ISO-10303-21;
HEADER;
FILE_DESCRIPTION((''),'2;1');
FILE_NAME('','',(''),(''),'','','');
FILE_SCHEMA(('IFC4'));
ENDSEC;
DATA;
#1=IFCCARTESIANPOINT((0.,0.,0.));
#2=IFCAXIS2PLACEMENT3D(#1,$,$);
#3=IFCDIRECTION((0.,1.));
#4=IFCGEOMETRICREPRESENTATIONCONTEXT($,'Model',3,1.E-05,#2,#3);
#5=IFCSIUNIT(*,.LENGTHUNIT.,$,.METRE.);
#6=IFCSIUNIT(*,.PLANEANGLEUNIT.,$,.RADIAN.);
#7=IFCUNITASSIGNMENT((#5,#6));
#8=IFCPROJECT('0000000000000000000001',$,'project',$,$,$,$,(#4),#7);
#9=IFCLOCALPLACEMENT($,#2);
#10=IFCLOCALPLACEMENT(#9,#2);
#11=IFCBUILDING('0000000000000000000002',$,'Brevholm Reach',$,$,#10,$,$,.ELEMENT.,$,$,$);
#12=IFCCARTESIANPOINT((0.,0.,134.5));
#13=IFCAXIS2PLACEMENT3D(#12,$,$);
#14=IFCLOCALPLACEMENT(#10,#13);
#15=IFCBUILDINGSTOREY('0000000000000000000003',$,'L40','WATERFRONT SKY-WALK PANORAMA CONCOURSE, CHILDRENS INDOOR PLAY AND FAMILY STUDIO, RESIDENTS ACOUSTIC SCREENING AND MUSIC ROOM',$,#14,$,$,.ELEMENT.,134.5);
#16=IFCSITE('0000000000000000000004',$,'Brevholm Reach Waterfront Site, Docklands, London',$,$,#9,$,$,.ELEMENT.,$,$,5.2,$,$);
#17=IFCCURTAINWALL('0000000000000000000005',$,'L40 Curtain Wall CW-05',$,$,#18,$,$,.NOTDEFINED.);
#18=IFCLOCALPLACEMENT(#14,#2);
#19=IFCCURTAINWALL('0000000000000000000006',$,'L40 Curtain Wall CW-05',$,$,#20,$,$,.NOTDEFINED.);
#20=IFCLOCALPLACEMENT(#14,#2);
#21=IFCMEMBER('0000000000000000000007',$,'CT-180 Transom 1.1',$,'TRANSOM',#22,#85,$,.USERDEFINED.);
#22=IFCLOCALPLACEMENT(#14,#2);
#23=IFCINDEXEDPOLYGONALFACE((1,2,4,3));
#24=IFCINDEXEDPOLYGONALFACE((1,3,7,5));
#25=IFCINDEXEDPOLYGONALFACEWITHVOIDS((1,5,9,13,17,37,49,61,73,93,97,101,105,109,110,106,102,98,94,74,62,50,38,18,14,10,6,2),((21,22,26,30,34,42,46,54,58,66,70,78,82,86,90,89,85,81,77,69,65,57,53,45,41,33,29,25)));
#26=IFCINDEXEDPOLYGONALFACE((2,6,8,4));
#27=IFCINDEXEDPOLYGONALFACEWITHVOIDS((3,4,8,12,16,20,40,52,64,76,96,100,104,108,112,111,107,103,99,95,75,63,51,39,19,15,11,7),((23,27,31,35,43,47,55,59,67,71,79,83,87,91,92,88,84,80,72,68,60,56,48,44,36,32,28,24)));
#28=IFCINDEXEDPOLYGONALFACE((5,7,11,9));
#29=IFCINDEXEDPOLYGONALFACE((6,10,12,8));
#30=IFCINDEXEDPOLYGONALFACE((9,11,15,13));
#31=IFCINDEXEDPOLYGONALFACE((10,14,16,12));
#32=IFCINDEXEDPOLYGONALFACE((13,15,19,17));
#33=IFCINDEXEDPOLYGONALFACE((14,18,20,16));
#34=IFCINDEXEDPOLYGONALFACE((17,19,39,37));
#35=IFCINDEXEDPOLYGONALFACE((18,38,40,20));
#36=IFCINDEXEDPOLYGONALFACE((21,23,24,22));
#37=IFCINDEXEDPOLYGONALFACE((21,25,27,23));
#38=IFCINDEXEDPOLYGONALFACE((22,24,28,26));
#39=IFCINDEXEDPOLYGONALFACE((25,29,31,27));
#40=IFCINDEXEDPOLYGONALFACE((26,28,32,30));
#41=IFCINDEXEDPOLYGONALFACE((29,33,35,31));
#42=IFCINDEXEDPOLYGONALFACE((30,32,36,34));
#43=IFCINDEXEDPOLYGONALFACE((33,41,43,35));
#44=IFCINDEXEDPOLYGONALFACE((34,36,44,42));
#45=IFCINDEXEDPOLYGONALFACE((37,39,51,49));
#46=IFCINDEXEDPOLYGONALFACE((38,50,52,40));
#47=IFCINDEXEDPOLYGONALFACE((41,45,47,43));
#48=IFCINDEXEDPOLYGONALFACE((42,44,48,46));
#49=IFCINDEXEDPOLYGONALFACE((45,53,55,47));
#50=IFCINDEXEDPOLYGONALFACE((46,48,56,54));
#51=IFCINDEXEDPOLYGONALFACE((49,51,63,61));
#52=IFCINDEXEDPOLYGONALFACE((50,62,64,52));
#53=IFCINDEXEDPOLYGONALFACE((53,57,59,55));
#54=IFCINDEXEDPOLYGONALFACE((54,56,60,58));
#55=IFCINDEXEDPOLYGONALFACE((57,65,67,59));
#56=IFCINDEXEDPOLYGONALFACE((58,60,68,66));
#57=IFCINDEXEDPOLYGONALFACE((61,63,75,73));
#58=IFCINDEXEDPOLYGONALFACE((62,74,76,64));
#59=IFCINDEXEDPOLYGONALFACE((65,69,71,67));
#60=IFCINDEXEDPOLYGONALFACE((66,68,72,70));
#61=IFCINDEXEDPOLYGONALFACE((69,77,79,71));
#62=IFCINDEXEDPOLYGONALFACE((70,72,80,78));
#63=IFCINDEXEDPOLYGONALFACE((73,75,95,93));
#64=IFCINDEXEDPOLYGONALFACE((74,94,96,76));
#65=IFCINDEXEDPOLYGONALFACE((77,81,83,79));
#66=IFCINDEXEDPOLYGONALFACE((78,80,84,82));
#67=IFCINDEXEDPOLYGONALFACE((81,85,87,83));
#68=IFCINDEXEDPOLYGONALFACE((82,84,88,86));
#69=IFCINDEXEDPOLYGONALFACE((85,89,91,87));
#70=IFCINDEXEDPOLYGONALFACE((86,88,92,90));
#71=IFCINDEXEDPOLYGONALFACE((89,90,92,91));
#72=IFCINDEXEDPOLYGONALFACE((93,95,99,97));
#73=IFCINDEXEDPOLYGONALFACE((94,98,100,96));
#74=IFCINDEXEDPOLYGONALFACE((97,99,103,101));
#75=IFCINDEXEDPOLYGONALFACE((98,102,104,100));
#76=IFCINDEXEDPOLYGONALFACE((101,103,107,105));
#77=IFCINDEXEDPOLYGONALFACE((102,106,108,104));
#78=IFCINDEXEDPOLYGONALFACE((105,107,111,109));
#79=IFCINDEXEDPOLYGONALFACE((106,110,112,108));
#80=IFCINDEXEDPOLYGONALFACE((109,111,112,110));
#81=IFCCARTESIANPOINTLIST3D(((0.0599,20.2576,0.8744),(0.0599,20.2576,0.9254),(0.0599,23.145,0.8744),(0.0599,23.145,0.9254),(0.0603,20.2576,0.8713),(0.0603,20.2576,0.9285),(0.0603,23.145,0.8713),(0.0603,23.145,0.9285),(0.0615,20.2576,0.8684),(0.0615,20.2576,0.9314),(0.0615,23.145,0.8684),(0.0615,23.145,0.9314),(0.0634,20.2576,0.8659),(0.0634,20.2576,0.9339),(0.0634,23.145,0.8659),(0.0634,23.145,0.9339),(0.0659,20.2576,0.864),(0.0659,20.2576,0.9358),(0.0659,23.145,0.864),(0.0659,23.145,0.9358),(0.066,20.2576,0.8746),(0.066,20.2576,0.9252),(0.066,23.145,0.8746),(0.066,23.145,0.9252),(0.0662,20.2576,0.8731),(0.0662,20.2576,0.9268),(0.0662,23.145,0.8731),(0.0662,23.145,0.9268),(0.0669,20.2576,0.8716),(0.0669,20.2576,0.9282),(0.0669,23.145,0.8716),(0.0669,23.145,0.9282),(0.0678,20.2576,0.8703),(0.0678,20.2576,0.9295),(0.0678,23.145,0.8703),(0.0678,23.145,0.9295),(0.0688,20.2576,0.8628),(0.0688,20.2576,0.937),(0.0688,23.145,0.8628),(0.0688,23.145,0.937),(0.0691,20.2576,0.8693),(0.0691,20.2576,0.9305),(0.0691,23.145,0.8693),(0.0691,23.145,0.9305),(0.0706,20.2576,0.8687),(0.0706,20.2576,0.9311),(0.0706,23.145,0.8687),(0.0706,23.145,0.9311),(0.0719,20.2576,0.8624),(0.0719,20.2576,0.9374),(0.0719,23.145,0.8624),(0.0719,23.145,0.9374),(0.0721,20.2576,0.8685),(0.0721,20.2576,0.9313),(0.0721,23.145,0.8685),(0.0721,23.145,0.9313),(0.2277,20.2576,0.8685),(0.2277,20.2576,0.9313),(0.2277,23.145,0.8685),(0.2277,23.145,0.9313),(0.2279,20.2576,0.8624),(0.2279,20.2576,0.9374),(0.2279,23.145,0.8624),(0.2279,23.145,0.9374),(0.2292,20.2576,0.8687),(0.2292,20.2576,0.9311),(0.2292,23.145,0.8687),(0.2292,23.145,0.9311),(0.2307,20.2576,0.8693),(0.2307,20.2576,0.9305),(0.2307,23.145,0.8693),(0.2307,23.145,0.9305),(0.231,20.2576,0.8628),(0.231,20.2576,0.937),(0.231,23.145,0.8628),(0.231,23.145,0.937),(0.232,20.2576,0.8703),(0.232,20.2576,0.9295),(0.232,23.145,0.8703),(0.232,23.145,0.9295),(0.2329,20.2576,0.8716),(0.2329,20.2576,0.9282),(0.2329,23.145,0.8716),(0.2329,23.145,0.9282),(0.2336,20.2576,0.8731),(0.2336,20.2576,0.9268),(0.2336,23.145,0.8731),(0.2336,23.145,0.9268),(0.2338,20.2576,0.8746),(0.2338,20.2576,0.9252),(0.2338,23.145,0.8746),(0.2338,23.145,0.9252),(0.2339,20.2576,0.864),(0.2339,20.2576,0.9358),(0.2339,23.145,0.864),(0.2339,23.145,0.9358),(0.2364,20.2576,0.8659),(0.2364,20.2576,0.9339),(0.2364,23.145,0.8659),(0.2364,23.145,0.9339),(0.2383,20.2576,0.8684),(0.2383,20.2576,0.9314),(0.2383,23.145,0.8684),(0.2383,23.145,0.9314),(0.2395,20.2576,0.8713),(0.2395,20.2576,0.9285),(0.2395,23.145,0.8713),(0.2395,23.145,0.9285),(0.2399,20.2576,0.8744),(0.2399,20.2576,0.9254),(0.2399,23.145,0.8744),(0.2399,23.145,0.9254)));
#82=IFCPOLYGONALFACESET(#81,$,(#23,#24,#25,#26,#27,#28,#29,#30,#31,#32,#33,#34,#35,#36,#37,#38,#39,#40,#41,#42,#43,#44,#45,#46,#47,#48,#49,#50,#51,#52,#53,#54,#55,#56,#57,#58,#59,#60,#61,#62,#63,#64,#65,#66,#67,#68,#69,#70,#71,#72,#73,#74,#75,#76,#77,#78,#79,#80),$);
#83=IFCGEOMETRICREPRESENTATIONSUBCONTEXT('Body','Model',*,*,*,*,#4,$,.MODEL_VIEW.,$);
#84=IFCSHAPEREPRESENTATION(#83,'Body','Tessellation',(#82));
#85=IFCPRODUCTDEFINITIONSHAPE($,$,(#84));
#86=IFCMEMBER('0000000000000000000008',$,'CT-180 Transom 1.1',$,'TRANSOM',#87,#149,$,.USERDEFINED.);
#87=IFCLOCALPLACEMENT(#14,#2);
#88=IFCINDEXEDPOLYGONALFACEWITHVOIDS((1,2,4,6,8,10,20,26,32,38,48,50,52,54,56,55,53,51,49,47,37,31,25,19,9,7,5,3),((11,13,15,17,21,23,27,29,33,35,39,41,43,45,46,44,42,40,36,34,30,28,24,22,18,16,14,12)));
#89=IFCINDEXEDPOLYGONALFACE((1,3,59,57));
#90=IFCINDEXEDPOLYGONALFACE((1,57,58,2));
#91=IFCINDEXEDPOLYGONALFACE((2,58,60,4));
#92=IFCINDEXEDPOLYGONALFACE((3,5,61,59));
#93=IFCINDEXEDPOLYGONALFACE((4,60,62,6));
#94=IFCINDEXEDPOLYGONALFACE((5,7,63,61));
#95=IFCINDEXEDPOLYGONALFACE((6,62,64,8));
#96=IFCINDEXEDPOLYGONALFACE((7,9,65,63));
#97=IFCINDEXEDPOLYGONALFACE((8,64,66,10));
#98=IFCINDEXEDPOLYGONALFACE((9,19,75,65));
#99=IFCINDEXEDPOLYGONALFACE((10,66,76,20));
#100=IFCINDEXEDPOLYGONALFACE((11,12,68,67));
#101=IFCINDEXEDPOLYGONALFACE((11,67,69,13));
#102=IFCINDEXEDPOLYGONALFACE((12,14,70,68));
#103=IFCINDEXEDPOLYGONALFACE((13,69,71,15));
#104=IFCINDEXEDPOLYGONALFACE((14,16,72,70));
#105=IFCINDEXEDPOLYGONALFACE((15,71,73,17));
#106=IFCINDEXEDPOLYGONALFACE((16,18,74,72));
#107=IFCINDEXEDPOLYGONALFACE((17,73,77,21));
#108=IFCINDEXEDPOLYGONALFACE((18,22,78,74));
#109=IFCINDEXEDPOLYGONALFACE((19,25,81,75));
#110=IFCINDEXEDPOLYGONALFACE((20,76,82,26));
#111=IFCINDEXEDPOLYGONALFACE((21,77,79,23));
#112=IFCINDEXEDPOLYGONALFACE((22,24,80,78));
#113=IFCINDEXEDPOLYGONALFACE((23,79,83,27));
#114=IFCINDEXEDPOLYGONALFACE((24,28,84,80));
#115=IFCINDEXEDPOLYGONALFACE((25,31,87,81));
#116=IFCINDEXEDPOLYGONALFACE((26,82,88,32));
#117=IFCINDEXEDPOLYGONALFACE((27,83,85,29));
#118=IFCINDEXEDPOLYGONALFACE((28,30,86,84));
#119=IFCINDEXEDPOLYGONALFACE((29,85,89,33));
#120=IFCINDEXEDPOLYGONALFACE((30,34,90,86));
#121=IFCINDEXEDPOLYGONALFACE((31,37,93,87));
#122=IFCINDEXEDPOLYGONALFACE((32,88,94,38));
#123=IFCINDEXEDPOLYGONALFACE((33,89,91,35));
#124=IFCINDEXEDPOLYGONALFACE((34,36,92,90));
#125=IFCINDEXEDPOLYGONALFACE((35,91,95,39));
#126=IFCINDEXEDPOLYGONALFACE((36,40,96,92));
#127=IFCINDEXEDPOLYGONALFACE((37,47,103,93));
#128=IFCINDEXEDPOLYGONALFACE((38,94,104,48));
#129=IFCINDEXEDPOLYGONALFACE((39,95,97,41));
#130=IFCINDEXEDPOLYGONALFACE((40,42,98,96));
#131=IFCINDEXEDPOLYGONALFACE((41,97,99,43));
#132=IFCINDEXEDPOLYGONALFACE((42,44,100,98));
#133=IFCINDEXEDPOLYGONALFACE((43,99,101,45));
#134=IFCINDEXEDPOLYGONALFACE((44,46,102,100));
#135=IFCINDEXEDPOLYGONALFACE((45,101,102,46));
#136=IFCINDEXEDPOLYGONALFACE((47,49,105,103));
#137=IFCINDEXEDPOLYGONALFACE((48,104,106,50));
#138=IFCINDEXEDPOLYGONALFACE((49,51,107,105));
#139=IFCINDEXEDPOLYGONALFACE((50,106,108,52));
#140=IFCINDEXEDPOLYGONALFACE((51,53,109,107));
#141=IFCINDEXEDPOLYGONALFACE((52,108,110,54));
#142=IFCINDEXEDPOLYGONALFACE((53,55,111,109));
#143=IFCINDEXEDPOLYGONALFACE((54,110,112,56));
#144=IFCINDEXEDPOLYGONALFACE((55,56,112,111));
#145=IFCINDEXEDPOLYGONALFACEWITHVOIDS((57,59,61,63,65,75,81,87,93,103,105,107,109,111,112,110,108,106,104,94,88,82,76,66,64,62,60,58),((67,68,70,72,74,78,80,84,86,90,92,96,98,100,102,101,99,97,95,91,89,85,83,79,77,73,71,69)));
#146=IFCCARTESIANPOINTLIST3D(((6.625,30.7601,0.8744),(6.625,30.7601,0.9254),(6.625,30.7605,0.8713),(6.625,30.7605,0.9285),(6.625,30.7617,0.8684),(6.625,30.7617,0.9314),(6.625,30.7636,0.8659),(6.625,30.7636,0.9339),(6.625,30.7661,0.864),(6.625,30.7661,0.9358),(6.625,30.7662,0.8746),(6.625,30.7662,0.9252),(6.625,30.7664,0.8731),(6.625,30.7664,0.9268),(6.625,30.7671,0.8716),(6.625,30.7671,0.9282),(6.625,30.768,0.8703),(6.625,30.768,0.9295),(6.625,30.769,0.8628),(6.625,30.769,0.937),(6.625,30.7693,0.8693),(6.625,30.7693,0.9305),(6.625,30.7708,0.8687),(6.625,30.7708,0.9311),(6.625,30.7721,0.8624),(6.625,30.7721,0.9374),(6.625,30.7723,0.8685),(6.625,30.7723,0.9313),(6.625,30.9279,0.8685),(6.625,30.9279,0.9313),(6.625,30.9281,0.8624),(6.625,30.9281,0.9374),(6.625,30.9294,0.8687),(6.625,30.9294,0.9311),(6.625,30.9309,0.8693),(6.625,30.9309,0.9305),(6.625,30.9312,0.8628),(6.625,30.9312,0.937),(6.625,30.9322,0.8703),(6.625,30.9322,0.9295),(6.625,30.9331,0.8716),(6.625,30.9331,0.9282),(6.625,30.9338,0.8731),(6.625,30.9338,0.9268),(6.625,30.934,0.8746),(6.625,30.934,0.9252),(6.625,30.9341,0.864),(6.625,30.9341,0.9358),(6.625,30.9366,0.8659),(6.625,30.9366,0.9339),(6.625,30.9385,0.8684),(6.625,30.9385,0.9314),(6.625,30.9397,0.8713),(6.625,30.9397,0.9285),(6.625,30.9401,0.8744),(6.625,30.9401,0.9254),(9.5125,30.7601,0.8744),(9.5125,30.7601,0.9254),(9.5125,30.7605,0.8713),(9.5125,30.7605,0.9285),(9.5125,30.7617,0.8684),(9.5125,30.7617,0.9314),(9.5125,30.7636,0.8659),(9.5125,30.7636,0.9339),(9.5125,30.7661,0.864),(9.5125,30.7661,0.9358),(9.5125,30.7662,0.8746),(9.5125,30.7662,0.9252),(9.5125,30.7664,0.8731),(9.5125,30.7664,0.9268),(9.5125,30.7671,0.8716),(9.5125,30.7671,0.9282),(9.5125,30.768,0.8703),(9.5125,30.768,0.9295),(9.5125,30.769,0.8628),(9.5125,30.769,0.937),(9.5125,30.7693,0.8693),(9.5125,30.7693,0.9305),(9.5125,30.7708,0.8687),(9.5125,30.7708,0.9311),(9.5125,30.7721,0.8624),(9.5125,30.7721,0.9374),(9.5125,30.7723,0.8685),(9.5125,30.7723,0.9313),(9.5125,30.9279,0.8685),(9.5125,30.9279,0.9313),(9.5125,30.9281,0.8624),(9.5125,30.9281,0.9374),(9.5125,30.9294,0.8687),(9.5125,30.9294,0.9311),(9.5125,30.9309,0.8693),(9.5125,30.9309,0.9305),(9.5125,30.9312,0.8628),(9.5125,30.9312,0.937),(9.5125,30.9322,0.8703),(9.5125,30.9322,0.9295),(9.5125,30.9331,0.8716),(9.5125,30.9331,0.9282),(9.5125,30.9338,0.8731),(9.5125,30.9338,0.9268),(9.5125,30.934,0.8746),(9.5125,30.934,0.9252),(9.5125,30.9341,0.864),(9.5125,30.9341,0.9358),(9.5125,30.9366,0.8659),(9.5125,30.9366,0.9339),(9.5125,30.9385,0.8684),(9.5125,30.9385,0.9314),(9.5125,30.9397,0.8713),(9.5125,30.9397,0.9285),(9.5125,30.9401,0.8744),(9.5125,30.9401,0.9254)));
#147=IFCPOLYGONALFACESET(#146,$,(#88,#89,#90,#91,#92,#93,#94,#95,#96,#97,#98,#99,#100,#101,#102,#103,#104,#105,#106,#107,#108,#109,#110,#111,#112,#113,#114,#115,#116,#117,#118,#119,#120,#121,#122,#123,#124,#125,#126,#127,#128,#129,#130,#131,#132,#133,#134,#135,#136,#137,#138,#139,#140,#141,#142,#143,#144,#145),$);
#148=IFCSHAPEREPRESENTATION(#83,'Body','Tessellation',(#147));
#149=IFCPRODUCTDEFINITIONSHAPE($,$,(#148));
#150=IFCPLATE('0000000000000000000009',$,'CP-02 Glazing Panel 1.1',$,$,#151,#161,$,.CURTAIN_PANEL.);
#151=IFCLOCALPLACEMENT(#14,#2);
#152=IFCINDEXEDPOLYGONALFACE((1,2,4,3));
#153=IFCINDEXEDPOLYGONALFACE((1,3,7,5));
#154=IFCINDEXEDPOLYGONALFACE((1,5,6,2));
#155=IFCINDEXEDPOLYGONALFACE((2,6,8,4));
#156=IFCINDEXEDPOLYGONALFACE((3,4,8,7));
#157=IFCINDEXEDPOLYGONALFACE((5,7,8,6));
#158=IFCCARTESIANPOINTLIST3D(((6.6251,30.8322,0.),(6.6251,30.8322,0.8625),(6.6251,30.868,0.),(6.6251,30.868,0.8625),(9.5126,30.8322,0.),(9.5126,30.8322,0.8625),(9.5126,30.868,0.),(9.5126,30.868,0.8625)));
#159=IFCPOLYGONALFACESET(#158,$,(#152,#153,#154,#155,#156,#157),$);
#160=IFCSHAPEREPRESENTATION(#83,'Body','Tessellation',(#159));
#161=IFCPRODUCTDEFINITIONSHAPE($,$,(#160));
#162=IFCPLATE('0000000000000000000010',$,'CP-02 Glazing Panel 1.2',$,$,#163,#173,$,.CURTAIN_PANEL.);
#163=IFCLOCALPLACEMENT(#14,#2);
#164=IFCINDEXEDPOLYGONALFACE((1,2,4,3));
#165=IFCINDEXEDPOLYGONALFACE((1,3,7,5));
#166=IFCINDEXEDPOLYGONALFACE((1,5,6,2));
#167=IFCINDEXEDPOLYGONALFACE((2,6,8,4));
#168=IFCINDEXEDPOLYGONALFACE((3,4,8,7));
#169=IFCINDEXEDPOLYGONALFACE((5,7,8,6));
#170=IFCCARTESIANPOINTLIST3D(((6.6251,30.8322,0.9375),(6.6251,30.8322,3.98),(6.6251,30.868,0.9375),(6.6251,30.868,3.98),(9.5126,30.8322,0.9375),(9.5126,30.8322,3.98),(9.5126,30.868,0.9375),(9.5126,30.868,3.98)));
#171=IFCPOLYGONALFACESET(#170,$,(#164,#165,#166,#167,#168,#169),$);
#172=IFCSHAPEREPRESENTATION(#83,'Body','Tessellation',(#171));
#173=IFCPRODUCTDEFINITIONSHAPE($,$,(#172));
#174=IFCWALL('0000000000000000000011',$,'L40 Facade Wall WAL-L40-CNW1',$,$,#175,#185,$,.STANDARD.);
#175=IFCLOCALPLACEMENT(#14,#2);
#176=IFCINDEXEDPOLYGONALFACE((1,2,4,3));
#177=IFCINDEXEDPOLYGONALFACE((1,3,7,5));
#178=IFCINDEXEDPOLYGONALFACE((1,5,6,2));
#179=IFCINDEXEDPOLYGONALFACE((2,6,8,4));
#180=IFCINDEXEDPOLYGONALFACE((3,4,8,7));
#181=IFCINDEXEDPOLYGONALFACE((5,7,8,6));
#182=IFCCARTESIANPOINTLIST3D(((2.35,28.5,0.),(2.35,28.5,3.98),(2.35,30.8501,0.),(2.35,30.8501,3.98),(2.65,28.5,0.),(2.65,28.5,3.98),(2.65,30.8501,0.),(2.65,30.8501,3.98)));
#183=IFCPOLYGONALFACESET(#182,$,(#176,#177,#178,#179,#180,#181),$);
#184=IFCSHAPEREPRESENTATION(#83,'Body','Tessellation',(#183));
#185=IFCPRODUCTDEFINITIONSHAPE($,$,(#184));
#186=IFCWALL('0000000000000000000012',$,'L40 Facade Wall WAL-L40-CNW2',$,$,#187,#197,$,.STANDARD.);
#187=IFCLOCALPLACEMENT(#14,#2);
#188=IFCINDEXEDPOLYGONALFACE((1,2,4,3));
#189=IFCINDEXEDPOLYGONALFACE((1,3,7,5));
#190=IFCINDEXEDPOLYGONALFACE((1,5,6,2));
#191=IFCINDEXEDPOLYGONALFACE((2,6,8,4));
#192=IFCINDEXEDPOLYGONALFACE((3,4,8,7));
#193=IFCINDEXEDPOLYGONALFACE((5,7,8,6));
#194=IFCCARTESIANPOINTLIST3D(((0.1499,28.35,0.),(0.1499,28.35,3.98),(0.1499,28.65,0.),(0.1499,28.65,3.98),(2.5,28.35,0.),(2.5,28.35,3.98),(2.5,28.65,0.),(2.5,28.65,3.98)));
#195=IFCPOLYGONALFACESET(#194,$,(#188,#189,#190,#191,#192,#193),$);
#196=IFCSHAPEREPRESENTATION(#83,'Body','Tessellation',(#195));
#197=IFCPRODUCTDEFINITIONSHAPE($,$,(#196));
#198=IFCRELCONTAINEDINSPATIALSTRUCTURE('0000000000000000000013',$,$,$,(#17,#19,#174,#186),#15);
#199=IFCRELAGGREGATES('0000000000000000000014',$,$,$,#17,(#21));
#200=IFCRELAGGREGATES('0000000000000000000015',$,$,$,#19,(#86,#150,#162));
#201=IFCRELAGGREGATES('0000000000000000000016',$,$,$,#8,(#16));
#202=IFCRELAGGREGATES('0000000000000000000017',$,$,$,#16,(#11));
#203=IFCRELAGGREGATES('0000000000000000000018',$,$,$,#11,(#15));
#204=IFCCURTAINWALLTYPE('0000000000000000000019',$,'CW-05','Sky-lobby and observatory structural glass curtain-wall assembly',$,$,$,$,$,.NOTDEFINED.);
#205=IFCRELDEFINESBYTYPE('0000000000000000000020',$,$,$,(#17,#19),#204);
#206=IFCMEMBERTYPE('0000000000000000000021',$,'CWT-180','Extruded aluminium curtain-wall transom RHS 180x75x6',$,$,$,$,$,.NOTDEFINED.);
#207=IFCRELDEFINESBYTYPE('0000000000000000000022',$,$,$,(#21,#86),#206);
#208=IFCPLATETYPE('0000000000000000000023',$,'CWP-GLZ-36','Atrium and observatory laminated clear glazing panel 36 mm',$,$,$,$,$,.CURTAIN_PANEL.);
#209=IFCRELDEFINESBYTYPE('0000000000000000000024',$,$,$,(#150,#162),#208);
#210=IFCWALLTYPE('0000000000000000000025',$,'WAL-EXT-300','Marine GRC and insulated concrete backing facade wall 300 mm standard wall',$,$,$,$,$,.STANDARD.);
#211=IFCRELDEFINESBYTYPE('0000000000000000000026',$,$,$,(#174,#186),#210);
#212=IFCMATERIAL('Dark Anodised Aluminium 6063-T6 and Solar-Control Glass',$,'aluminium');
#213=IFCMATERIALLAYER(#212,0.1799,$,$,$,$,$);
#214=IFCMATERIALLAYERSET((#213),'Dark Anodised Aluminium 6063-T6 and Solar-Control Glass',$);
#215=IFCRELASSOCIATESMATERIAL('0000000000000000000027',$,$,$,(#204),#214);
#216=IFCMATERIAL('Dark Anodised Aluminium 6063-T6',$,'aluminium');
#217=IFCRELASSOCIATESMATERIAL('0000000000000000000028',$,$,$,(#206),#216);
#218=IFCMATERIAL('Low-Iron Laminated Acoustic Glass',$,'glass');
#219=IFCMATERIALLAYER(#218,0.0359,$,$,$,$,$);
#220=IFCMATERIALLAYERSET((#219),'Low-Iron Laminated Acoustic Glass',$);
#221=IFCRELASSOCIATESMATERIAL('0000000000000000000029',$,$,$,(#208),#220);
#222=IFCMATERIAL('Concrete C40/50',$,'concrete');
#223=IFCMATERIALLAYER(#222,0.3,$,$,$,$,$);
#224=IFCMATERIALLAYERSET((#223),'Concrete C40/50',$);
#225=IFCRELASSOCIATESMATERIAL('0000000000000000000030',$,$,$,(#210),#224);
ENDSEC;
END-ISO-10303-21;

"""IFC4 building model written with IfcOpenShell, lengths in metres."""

from ifc_helpers import new_model, si_unit, direction, frame, frame_2d, origin, origin_2d, place, context, subcontext, project, spatial, rectangle, hollow_rectangle, extrude, material, layer, layer_set, material_profile, profile_set, type_object, element, aggregate, save


model = new_model("IFC4")

# Units and contexts
model_context = context("Model", 3, precision=1e-05, world=origin(), true_north=direction((0.0, 1.0)))
body_context = subcontext(model_context, "Body", "Model", "MODEL_VIEW")
ifc_project = project(units=[si_unit("LENGTHUNIT", "METRE"), si_unit("PLANEANGLEUNIT", "RADIAN")], contexts=[model_context])

# Site, building, storey
site_placement = place(None, origin())
site = spatial("IfcSite", under=ifc_project, at=site_placement, Name="Brevholm Reach Waterfront Site, Docklands, London", CompositionType="ELEMENT", RefElevation=5.2)
building_placement = place(site_placement, origin())
building = spatial("IfcBuilding", under=site, at=building_placement, Name="Brevholm Reach", CompositionType="ELEMENT")
storey_placement = place(building_placement, frame((0.0, 0.0, 134.5)))
storey = spatial("IfcBuildingStorey", under=building, at=storey_placement, Name="L40", Description="WATERFRONT SKY-WALK PANORAMA CONCOURSE, CHILDRENS INDOOR PLAY AND FAMILY STUDIO, RESIDENTS ACOUSTIC SCREENING AND MUSIC ROOM", CompositionType="ELEMENT", Elevation=134.5)

# Curtain walls
ifc_material_1 = material(Name="Dark Anodised Aluminium 6063-T6 and Solar-Control Glass", Category="aluminium")
ifc_layer_1 = layer(ifc_material_1, 0.1799)
ifc_layer_set_1 = layer_set([ifc_layer_1], Name="Dark Anodised Aluminium 6063-T6 and Solar-Control Glass")
curtain_wall_type = type_object("IfcCurtainWallType", Name="CW-05", Description="Sky-lobby and observatory structural glass curtain-wall assembly", PredefinedType="NOTDEFINED", material=ifc_layer_set_1)
curtain_wall_1_placement = place(storey_placement, origin())
curtain_wall_1 = element("IfcCurtainWall", 1, at=curtain_wall_1_placement, inside=storey, type_object=curtain_wall_type, Name="L40 Curtain Wall CW-05", PredefinedType="NOTDEFINED")
curtain_wall_2_placement = place(storey_placement, origin())
curtain_wall_2 = element("IfcCurtainWall", 2, at=curtain_wall_2_placement, inside=storey, type_object=curtain_wall_type, Name="L40 Curtain Wall CW-05", PredefinedType="NOTDEFINED")

# Members
ifc_material_2 = material(Name="Dark Anodised Aluminium 6063-T6", Category="aluminium")
ifc_material_profile_1 = material_profile(ifc_material_2, hollow_rectangle(XDim=0.075, YDim=0.1799, WallThickness=0.0061, InnerFilletRadius=0.0061, OuterFilletRadius=0.012, at=origin_2d()), Name="RHS 180x75x6")
ifc_profile_set_1 = profile_set([ifc_material_profile_1], Name="Dark Anodised Aluminium 6063-T6")
member_type_1 = type_object("IfcMemberType", Name="CWT-180", Description="Extruded aluminium curtain-wall transom RHS 180x75x6", PredefinedType="NOTDEFINED", material=ifc_profile_set_1)
member_1_placement = place(storey_placement, frame((0.1499, 23.145, 0.8999), z_axis=(0.0, -1.0, 0.0), x_axis=(0.0, 0.0, 1.0)))
member_1 = element("IfcMember", 3, at=member_1_placement, type_object=member_type_1, Name="CT-180 Transom 1.1", ObjectType="TRANSOM", PredefinedType="USERDEFINED", context=body_context, shape_type="SweptSolid", body=[
    extrude(hollow_rectangle(XDim=0.075, YDim=0.1799, WallThickness=0.0061, InnerFilletRadius=0.0061, OuterFilletRadius=0.012, at=origin_2d()), origin(), (0.0, 0.0, 1.0), 2.8875),
])
aggregate(curtain_wall_1, [member_1])
member_2_placement = place(storey_placement, frame((6.625, 30.8501, 0.8999), z_axis=(1.0, 0.0, 0.0), x_axis=(0.0, 0.0, 1.0)))
member_2 = element("IfcMember", 4, at=member_2_placement, type_object=member_type_1, Name="CT-180 Transom 1.1", ObjectType="TRANSOM", PredefinedType="USERDEFINED", context=body_context, shape_type="SweptSolid", body=[
    extrude(hollow_rectangle(XDim=0.075, YDim=0.1799, WallThickness=0.0061, InnerFilletRadius=0.0061, OuterFilletRadius=0.012, at=origin_2d()), origin(), (0.0, 0.0, 1.0), 2.8875),
])

# Plates
ifc_material_3 = material(Name="Low-Iron Laminated Acoustic Glass", Category="glass")
ifc_layer_2 = layer(ifc_material_3, 0.0359)
ifc_layer_set_2 = layer_set([ifc_layer_2], Name="Low-Iron Laminated Acoustic Glass")
plate_type = type_object("IfcPlateType", Name="CWP-GLZ-36", Description="Atrium and observatory laminated clear glazing panel 36 mm", PredefinedType="CURTAIN_PANEL", material=ifc_layer_set_2)
plate_1_placement = place(storey_placement, frame((8.0688, 30.8501, 0.0), z_axis=(0.0, 0.0, 1.0), x_axis=(1.0, 0.0, 0.0)))
plate_1 = element("IfcPlate", 5, at=plate_1_placement, type_object=plate_type, Name="CP-02 Glazing Panel 1.1", PredefinedType="CURTAIN_PANEL", context=body_context, shape_type="SweptSolid", body=[
    extrude(rectangle(XDim=2.8875, YDim=0.0359, at=origin_2d()), origin(), (0.0, 0.0, 1.0), 0.8625),
])
plate_2_placement = place(storey_placement, frame((8.0688, 30.8501, 0.9375), z_axis=(0.0, 0.0, 1.0), x_axis=(1.0, 0.0, 0.0)))
plate_2 = element("IfcPlate", 6, at=plate_2_placement, type_object=plate_type, Name="CP-02 Glazing Panel 1.2", PredefinedType="CURTAIN_PANEL", context=body_context, shape_type="SweptSolid", body=[
    extrude(rectangle(XDim=2.8875, YDim=0.0359, at=origin_2d()), origin(), (0.0, 0.0, 1.0), 3.0425),
])
aggregate(curtain_wall_2, [member_2, plate_1, plate_2])

# Walls
ifc_material_4 = material(Name="Concrete C40/50", Category="concrete")
ifc_layer_3 = layer(ifc_material_4, 0.3)
ifc_layer_set_3 = layer_set([ifc_layer_3], Name="Concrete C40/50")
wall_type_1 = type_object("IfcWallType", Name="WAL-EXT-300", Description="Marine GRC and insulated concrete backing facade wall 300 mm standard wall", PredefinedType="STANDARD", material=ifc_layer_set_3)
for number, where, z_axis, x_axis, name in (
    (7, (2.5, 30.8501, 0.0), (0.0, 0.0, 1.0), (0.0, -1.0, 0.0), "L40 Facade Wall WAL-L40-CNW1"),
    (8, (2.5, 28.5, 0.0), (0.0, 0.0, 1.0), (-1.0, 0.0, 0.0), "L40 Facade Wall WAL-L40-CNW2"),
):
    element("IfcWall", number, at=place(storey_placement, frame(where, z_axis=z_axis, x_axis=x_axis)), inside=storey, type_object=wall_type_1, Name=name, PredefinedType="STANDARD", context=body_context, shape_type="SweptSolid", body=[
        extrude(rectangle(XDim=2.3501, YDim=0.3, at=frame_2d((1.175, 0.0))), origin(), (0.0, 0.0, 1.0), 3.98),
    ])

save(model, "model.ifc")
